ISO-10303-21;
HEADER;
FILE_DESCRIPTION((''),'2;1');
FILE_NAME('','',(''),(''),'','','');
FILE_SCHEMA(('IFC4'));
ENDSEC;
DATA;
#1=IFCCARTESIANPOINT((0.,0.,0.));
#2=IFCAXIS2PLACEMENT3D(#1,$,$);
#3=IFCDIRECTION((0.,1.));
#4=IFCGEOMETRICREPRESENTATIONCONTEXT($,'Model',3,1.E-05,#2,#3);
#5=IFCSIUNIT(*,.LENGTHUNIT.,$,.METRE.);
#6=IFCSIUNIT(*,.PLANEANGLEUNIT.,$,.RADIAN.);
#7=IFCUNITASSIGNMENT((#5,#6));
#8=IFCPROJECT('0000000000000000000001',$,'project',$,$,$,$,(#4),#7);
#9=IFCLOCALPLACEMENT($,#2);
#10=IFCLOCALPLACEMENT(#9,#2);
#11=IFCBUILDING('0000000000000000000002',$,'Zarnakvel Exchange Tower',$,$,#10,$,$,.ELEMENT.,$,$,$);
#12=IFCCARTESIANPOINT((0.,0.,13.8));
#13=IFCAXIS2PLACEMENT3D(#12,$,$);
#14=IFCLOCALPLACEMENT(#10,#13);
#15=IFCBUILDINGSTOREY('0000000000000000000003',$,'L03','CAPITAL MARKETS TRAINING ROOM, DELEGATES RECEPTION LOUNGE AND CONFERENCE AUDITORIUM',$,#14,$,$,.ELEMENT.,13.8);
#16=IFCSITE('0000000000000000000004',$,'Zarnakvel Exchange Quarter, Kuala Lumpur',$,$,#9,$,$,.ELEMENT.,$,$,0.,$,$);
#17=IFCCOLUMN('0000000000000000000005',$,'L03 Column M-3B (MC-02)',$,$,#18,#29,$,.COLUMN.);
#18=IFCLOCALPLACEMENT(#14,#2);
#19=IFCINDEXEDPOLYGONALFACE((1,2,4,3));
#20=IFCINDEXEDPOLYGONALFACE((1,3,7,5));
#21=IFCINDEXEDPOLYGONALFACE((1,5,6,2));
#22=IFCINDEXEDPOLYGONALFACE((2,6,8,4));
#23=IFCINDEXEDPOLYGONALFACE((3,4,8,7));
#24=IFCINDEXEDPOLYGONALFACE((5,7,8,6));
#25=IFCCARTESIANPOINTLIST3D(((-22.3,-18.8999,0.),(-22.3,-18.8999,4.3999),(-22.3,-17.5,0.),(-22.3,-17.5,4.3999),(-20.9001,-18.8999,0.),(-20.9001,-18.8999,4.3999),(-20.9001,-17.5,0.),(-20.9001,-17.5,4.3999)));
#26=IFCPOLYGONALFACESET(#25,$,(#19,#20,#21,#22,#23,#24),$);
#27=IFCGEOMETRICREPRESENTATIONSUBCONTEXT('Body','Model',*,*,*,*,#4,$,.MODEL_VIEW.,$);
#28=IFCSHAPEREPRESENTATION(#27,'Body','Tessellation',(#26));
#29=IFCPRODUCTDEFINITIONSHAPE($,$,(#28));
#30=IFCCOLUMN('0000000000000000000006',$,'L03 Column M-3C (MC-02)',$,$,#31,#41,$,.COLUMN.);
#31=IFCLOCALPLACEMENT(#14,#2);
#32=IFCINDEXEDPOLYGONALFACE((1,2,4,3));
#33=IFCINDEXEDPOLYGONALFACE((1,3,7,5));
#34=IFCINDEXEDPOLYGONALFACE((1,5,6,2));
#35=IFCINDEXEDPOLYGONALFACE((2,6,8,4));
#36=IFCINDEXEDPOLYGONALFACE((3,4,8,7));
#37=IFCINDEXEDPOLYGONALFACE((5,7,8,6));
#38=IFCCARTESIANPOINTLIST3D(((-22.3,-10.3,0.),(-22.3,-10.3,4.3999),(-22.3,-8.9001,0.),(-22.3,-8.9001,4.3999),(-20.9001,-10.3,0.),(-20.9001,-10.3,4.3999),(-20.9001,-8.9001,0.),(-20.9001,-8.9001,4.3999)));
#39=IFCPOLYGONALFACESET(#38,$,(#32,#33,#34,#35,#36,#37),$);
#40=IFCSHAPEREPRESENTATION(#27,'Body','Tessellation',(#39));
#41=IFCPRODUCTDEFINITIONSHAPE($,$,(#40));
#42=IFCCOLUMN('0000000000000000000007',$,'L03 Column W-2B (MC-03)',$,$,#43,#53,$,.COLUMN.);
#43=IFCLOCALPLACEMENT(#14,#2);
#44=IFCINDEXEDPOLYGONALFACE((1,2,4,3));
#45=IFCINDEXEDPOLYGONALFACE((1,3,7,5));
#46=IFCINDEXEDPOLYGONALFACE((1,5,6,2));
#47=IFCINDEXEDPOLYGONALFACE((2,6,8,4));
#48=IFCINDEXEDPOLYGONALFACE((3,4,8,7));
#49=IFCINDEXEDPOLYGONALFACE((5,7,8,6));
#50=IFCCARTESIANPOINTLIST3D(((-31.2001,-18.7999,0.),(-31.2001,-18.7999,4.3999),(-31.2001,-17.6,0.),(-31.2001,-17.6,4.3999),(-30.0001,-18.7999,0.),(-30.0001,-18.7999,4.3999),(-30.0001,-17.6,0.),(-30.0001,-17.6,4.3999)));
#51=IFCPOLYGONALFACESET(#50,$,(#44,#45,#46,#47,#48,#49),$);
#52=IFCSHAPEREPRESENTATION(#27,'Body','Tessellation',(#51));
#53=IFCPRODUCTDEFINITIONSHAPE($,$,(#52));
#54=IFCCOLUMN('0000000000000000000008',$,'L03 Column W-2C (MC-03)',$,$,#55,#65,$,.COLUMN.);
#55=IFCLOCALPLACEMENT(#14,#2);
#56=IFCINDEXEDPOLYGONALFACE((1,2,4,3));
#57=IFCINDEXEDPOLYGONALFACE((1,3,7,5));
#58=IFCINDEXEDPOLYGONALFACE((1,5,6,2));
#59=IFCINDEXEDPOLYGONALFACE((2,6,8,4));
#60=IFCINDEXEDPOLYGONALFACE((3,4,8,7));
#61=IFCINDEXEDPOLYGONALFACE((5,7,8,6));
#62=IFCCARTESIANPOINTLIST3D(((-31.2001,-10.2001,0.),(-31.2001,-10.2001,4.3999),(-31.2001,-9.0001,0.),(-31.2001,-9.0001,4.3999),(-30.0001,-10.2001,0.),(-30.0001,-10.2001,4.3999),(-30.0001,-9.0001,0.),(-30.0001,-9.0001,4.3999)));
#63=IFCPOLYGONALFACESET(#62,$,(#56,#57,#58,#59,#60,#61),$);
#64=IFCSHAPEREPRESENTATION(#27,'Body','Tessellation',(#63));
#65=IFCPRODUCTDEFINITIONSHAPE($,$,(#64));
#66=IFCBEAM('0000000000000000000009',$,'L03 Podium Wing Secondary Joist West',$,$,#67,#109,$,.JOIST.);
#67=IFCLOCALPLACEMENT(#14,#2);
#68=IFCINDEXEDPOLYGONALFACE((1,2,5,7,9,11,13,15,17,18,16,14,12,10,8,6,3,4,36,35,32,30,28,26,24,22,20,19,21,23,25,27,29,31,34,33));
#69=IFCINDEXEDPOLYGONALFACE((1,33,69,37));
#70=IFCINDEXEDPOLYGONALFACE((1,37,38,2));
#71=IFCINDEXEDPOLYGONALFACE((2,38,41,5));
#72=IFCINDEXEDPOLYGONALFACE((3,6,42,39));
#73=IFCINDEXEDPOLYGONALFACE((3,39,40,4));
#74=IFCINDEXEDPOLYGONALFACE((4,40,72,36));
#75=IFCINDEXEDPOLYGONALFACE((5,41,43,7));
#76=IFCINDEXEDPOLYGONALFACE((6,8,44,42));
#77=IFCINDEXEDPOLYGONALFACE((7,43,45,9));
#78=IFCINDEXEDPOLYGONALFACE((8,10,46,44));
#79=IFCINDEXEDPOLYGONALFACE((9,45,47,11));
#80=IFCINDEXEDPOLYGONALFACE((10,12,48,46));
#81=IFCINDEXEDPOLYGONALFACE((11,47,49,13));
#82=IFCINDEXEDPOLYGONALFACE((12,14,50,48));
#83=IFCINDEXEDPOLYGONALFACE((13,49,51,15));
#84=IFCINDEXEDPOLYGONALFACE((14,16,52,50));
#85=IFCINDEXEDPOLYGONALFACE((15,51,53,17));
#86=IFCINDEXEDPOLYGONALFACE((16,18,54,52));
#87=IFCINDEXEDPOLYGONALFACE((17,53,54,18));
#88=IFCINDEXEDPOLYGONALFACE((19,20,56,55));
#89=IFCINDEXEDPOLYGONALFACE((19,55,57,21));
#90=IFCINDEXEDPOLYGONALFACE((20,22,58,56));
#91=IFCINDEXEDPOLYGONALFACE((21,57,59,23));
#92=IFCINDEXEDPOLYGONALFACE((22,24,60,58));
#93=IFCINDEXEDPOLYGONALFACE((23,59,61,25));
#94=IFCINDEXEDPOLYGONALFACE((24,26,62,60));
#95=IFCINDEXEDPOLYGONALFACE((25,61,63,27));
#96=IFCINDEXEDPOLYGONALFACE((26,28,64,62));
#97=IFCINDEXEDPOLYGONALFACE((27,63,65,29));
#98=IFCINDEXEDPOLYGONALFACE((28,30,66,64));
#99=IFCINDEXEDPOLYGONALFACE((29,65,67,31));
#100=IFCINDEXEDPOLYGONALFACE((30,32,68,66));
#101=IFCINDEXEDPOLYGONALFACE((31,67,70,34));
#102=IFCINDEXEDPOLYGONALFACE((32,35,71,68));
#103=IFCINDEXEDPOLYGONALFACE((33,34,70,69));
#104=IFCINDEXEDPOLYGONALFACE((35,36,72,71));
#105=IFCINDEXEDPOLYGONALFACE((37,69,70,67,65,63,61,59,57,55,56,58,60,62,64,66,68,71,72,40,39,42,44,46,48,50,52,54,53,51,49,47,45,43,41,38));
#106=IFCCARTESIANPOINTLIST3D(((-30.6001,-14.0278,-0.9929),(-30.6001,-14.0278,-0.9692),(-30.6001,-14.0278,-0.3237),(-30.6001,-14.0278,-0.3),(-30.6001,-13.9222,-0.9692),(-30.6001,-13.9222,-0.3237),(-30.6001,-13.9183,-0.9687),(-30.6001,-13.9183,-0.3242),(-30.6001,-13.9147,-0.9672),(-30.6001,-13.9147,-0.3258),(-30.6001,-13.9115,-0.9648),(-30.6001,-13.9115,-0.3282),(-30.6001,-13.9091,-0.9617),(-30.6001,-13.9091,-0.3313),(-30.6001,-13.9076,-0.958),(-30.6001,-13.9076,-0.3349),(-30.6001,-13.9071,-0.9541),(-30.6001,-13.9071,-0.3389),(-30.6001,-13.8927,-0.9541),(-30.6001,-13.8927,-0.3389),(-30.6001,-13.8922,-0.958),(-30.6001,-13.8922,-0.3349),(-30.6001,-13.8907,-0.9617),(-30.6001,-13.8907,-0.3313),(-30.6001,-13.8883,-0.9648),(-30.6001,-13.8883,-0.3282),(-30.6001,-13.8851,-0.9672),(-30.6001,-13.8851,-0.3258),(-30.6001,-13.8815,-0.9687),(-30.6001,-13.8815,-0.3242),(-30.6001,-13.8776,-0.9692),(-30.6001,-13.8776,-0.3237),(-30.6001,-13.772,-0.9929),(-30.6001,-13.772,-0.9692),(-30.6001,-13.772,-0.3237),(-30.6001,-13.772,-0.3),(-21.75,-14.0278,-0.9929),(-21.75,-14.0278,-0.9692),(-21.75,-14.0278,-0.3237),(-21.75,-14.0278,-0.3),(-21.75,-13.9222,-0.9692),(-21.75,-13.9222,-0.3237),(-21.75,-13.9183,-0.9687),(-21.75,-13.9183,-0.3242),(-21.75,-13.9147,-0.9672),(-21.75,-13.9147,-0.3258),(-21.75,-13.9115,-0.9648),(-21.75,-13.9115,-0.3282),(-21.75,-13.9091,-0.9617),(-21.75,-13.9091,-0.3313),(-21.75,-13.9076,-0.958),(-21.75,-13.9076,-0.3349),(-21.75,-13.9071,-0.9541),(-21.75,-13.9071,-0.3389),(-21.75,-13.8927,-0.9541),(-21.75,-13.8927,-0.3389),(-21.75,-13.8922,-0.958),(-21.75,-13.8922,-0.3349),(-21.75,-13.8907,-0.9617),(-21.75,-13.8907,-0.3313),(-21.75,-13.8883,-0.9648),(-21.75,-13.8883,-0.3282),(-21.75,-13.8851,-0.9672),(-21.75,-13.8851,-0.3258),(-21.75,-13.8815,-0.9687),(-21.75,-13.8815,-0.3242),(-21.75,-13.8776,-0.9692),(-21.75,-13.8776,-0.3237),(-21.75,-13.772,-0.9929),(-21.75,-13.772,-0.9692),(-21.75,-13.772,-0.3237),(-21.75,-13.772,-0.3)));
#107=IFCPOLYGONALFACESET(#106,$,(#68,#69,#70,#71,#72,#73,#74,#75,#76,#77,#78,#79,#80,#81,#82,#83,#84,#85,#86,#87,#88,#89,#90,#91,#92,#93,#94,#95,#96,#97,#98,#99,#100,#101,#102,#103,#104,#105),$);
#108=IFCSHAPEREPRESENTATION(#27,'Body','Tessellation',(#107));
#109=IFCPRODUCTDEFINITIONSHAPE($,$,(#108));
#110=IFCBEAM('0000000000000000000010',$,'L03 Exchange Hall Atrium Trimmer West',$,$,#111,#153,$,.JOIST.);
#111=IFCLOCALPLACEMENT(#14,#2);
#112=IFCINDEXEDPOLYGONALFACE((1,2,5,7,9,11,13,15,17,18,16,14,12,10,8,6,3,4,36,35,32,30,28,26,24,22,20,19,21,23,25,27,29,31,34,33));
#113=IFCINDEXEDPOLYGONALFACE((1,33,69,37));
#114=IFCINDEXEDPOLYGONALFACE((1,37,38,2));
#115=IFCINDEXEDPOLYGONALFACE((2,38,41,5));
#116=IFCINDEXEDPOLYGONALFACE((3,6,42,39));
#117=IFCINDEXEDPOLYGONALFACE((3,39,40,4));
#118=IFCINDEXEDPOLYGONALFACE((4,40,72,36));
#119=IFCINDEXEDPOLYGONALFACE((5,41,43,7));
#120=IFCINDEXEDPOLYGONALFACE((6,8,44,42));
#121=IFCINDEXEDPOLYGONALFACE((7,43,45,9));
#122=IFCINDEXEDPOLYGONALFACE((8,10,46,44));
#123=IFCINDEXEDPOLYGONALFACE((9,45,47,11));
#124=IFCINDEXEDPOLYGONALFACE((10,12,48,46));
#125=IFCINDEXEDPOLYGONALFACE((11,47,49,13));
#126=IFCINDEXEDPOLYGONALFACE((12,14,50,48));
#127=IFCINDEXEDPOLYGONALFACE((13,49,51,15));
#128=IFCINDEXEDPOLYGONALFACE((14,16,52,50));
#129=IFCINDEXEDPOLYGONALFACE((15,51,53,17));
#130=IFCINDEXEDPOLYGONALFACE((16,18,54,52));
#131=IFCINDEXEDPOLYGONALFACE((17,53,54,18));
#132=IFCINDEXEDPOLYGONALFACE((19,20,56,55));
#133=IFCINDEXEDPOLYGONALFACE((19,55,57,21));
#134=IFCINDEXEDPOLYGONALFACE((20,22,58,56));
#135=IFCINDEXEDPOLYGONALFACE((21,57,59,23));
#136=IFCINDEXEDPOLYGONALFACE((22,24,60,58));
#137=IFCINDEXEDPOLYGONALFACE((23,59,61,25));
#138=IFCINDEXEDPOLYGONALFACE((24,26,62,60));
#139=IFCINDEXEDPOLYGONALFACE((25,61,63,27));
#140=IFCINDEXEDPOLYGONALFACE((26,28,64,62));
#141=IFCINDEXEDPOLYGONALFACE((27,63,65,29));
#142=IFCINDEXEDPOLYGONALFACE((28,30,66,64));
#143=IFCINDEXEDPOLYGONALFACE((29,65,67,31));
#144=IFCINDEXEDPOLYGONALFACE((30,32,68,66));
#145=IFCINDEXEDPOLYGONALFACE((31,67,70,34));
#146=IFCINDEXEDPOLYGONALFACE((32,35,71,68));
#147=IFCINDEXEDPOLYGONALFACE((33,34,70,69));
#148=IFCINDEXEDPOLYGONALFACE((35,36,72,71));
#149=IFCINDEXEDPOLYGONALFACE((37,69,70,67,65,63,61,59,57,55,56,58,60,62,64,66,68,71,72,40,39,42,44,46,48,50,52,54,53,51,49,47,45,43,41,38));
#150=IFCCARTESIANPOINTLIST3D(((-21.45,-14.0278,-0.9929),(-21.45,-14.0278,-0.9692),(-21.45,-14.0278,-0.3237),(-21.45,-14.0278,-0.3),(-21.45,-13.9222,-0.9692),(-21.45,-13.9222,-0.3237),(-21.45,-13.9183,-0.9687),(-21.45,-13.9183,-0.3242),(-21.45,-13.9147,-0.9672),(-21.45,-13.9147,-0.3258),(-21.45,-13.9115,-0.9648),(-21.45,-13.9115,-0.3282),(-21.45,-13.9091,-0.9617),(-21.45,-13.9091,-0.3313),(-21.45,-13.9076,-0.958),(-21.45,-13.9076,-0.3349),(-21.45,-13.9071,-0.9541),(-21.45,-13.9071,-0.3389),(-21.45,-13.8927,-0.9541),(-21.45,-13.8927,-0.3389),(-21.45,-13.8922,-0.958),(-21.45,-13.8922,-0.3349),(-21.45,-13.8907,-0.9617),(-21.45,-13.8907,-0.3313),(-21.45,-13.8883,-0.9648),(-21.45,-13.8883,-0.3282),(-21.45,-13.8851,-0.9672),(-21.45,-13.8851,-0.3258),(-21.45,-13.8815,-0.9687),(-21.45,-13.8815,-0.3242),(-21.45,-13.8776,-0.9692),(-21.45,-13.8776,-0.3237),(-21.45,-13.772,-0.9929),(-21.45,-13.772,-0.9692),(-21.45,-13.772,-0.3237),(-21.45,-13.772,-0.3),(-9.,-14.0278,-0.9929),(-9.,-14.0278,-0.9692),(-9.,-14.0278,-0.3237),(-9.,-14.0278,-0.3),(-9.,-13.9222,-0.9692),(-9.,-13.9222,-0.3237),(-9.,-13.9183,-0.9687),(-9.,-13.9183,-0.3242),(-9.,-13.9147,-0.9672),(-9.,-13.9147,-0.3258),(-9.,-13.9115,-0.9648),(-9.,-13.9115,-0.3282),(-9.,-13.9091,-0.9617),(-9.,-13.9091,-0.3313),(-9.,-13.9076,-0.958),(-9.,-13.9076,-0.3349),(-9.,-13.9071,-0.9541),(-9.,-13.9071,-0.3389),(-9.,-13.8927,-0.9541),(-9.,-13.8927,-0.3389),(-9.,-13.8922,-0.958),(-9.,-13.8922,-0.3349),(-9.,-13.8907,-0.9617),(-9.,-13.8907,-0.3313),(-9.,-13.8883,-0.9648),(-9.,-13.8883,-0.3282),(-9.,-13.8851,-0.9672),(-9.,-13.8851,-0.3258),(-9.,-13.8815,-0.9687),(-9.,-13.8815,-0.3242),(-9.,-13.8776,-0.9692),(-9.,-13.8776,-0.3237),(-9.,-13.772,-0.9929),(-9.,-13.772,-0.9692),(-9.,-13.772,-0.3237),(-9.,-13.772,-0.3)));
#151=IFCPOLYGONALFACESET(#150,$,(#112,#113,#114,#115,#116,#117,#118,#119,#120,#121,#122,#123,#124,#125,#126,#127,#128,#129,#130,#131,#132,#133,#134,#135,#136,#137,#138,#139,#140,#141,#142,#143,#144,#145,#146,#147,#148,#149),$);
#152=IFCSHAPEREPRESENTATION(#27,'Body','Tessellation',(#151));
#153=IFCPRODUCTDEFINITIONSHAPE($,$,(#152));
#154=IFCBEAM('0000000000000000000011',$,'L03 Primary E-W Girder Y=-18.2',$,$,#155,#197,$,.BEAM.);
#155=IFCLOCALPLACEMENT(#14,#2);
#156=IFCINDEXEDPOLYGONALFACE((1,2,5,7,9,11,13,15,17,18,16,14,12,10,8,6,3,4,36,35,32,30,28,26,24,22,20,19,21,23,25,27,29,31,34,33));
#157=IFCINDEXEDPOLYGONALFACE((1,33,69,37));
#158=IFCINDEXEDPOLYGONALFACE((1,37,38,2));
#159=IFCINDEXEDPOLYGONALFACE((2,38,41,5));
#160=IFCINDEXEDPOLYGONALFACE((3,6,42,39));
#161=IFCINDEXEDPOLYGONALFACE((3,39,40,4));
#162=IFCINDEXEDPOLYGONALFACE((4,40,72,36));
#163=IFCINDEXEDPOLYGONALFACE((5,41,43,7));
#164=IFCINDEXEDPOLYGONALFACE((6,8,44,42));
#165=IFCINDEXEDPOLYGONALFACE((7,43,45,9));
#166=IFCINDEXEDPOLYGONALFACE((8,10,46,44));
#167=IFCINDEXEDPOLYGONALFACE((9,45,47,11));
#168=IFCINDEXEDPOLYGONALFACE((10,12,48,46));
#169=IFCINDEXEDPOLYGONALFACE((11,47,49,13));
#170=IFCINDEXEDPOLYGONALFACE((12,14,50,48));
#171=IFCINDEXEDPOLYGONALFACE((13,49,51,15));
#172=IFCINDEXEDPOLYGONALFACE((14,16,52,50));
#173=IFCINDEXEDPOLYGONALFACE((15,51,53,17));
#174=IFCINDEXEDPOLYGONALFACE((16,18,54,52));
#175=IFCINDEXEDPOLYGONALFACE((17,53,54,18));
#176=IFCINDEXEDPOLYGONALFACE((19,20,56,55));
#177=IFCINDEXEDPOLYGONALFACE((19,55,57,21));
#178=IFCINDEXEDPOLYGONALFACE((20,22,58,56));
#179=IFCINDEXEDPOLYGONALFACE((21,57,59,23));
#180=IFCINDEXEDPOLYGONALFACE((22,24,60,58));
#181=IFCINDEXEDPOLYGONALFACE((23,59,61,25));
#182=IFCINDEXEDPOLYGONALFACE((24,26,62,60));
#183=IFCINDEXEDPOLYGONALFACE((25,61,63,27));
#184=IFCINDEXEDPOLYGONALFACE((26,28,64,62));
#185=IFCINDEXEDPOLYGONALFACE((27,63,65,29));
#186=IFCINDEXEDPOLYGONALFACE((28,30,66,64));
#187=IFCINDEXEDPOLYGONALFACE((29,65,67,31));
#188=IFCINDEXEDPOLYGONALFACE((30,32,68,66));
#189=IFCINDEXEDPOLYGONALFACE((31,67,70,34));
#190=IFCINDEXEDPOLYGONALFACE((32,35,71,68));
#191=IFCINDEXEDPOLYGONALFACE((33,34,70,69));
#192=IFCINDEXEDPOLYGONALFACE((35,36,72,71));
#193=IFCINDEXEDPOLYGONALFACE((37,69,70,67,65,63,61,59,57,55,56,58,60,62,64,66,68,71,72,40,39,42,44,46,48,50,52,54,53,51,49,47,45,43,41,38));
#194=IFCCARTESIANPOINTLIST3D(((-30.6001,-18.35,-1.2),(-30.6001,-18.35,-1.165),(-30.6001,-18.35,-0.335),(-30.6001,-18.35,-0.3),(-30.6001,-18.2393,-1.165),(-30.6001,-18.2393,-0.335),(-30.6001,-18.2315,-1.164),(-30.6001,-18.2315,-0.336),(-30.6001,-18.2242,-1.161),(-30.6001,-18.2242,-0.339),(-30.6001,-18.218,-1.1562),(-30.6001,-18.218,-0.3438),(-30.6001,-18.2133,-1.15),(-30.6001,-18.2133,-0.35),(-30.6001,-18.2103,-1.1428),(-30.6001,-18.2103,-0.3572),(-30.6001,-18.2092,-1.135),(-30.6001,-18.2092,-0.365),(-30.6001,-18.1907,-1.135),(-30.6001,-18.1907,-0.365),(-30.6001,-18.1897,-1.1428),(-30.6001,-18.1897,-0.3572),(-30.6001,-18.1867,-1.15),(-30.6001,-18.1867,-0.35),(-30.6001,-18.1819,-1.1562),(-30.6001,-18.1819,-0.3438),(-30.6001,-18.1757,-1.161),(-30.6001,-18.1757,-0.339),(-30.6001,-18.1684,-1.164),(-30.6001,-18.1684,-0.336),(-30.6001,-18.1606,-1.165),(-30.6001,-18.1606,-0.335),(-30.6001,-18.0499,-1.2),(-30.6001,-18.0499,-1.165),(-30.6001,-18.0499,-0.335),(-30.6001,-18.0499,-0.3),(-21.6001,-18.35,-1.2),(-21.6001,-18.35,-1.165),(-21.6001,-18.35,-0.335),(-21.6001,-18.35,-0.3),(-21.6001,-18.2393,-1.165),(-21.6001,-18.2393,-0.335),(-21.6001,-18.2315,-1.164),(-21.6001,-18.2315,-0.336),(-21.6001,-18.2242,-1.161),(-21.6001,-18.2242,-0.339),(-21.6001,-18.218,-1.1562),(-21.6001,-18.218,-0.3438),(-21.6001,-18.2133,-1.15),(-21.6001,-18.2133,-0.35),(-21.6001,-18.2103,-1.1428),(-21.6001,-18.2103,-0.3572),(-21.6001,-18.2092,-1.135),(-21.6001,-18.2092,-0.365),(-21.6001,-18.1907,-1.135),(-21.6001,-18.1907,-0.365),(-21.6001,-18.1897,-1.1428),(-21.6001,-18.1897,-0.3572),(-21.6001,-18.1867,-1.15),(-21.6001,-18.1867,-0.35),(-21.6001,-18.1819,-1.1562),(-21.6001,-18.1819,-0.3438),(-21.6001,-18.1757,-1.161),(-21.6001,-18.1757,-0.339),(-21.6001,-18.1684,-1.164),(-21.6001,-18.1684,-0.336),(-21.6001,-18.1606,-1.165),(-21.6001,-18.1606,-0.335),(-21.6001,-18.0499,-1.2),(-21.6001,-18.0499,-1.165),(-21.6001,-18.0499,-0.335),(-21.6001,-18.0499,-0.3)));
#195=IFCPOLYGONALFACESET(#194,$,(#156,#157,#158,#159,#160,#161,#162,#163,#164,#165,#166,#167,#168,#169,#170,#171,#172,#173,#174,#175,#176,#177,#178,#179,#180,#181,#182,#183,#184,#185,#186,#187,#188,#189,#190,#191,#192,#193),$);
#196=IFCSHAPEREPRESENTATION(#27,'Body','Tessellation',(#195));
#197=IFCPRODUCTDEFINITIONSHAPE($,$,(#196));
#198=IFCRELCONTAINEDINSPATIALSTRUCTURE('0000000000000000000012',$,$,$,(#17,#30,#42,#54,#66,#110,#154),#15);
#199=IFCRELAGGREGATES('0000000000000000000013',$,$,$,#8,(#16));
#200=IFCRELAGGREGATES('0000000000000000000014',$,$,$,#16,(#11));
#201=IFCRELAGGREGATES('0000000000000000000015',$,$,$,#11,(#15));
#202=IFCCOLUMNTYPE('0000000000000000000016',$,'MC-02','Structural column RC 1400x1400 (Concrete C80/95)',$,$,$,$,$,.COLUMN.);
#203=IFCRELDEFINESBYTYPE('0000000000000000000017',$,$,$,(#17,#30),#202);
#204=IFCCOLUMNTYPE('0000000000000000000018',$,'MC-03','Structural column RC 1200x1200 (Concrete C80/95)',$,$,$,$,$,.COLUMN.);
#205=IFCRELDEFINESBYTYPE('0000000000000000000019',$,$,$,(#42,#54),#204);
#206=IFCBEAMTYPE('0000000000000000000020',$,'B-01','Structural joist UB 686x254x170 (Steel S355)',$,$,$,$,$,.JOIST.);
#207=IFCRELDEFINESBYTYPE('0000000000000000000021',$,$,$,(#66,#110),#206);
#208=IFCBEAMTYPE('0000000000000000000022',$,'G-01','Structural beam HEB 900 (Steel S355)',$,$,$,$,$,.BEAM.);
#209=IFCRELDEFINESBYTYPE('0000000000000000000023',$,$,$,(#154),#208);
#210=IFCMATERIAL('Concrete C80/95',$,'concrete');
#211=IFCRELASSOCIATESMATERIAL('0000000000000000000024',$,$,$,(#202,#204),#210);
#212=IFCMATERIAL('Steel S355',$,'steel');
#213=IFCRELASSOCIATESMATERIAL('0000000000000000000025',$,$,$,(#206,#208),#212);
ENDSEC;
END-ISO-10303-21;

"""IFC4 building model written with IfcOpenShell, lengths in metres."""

from ifc_helpers import new_model, si_unit, direction, frame, origin, origin_2d, place, context, subcontext, project, spatial, rectangle, i_section, extrude, material, material_profile, profile_set, type_object, element, save


model = new_model("IFC4")

# Units and contexts
model_context = context("Model", 3, precision=1e-05, world=origin(), true_north=direction((0.0, 1.0)))
body_context = subcontext(model_context, "Body", "Model", "MODEL_VIEW")
ifc_project = project(units=[si_unit("LENGTHUNIT", "METRE"), si_unit("PLANEANGLEUNIT", "RADIAN")], contexts=[model_context])

# Site, building, storey
site_placement = place(None, origin())
site = spatial("IfcSite", under=ifc_project, at=site_placement, Name="Zarnakvel Exchange Quarter, Kuala Lumpur", CompositionType="ELEMENT", RefElevation=0.0)
building_placement = place(site_placement, origin())
building = spatial("IfcBuilding", under=site, at=building_placement, Name="Zarnakvel Exchange Tower", CompositionType="ELEMENT")
storey_placement = place(building_placement, frame((0.0, 0.0, 13.8)))
storey = spatial("IfcBuildingStorey", under=building, at=storey_placement, Name="L03", Description="CAPITAL MARKETS TRAINING ROOM, DELEGATES RECEPTION LOUNGE AND CONFERENCE AUDITORIUM", CompositionType="ELEMENT", Elevation=13.8)

# Columns
ifc_material_1 = material(Name="Concrete C80/95", Category="concrete")
ifc_material_profile_1 = material_profile(ifc_material_1, rectangle(XDim=1.3999, YDim=1.3999, at=origin_2d()))
ifc_profile_set_1 = profile_set([ifc_material_profile_1], Name="Concrete C80/95")
column_type_1 = type_object("IfcColumnType", Name="MC-02", Description="Structural column RC 1400x1400 (Concrete C80/95)", PredefinedType="COLUMN", material=ifc_profile_set_1)
for number, where, z_axis, x_axis, name in (
    (1, (-21.6001, -18.2, 0.0), (0.0, 0.0, 1.0), (1.0, 0.0, 0.0), "L03 Column M-3B (MC-02)"),
    (2, (-21.6001, -9.6001, 0.0), (0.0, 0.0, 1.0), (1.0, 0.0, 0.0), "L03 Column M-3C (MC-02)"),
):
    element("IfcColumn", number, at=place(storey_placement, frame(where, z_axis=z_axis, x_axis=x_axis)), inside=storey, type_object=column_type_1, Name=name, PredefinedType="COLUMN", context=body_context, shape_type="SweptSolid", body=[
        extrude(rectangle(XDim=1.3999, YDim=1.3999, at=origin_2d()), origin(), (0.0, 0.0, 1.0), 4.3999),
    ])
ifc_material_profile_2 = material_profile(ifc_material_1, rectangle(XDim=1.2, YDim=1.2, at=origin_2d()))
ifc_profile_set_2 = profile_set([ifc_material_profile_2], Name="Concrete C80/95")
column_type_2 = type_object("IfcColumnType", Name="MC-03", Description="Structural column RC 1200x1200 (Concrete C80/95)", PredefinedType="COLUMN", material=ifc_profile_set_2)
for number, where, z_axis, x_axis, name in (
    (3, (-30.6001, -18.2, 0.0), (0.0, 0.0, 1.0), (1.0, 0.0, 0.0), "L03 Column W-2B (MC-03)"),
    (4, (-30.6001, -9.6001, 0.0), (0.0, 0.0, 1.0), (1.0, 0.0, 0.0), "L03 Column W-2C (MC-03)"),
):
    element("IfcColumn", number, at=place(storey_placement, frame(where, z_axis=z_axis, x_axis=x_axis)), inside=storey, type_object=column_type_2, Name=name, PredefinedType="COLUMN", context=body_context, shape_type="SweptSolid", body=[
        extrude(rectangle(XDim=1.2, YDim=1.2, at=origin_2d()), origin(), (0.0, 0.0, 1.0), 4.3999),
    ])

# Beams
ifc_material_2 = material(Name="Steel S355", Category="steel")
ifc_material_profile_3 = material_profile(ifc_material_2, i_section(OverallWidth=0.2559, OverallDepth=0.6929, WebThickness=0.0144, FlangeThickness=0.0237, FilletRadius=0.0151, at=origin_2d()))
ifc_profile_set_3 = profile_set([ifc_material_profile_3], Name="Steel S355")
beam_type_1 = type_object("IfcBeamType", Name="B-01", Description="Structural joist UB 686x254x170 (Steel S355)", PredefinedType="JOIST", material=ifc_profile_set_3)
beam_1_placement = place(storey_placement, frame((-30.6001, -13.8999, -0.6465), z_axis=(1.0, 0.0, 0.0), x_axis=(0.0, 1.0, 0.0)))
element("IfcBeam", 5, at=beam_1_placement, inside=storey, type_object=beam_type_1, Name="L03 Podium Wing Secondary Joist West", PredefinedType="JOIST", context=body_context, shape_type="SweptSolid", body=[
    extrude(i_section(OverallWidth=0.2559, OverallDepth=0.6929, WebThickness=0.0144, FlangeThickness=0.0237, FilletRadius=0.0151, at=origin_2d()), origin(), (0.0, 0.0, 1.0), 8.8501),
])
beam_2_placement = place(storey_placement, frame((-21.45, -13.8999, -0.6465), z_axis=(1.0, 0.0, 0.0), x_axis=(0.0, 1.0, 0.0)))
element("IfcBeam", 6, at=beam_2_placement, inside=storey, type_object=beam_type_1, Name="L03 Exchange Hall Atrium Trimmer West", PredefinedType="JOIST", context=body_context, shape_type="SweptSolid", body=[
    extrude(i_section(OverallWidth=0.2559, OverallDepth=0.6929, WebThickness=0.0144, FlangeThickness=0.0237, FilletRadius=0.0151, at=origin_2d()), origin(), (0.0, 0.0, 1.0), 12.45),
])
ifc_material_profile_4 = material_profile(ifc_material_2, i_section(OverallWidth=0.3, OverallDepth=0.8999, WebThickness=0.0186, FlangeThickness=0.0349, FilletRadius=0.03, at=origin_2d()))
ifc_profile_set_4 = profile_set([ifc_material_profile_4], Name="Steel S355")
beam_type_2 = type_object("IfcBeamType", Name="G-01", Description="Structural beam HEB 900 (Steel S355)", PredefinedType="BEAM", material=ifc_profile_set_4)
beam_3_placement = place(storey_placement, frame((-30.6001, -18.2, -0.75), z_axis=(1.0, 0.0, 0.0), x_axis=(0.0, 1.0, 0.0)))
element("IfcBeam", 7, at=beam_3_placement, inside=storey, type_object=beam_type_2, Name="L03 Primary E-W Girder Y=-18.2", PredefinedType="BEAM", context=body_context, shape_type="SweptSolid", body=[
    extrude(i_section(OverallWidth=0.3, OverallDepth=0.8999, WebThickness=0.0186, FlangeThickness=0.0349, FilletRadius=0.03, at=origin_2d()), origin(), (0.0, 0.0, 1.0), 9.0),
])

save(model, "model.ifc")
